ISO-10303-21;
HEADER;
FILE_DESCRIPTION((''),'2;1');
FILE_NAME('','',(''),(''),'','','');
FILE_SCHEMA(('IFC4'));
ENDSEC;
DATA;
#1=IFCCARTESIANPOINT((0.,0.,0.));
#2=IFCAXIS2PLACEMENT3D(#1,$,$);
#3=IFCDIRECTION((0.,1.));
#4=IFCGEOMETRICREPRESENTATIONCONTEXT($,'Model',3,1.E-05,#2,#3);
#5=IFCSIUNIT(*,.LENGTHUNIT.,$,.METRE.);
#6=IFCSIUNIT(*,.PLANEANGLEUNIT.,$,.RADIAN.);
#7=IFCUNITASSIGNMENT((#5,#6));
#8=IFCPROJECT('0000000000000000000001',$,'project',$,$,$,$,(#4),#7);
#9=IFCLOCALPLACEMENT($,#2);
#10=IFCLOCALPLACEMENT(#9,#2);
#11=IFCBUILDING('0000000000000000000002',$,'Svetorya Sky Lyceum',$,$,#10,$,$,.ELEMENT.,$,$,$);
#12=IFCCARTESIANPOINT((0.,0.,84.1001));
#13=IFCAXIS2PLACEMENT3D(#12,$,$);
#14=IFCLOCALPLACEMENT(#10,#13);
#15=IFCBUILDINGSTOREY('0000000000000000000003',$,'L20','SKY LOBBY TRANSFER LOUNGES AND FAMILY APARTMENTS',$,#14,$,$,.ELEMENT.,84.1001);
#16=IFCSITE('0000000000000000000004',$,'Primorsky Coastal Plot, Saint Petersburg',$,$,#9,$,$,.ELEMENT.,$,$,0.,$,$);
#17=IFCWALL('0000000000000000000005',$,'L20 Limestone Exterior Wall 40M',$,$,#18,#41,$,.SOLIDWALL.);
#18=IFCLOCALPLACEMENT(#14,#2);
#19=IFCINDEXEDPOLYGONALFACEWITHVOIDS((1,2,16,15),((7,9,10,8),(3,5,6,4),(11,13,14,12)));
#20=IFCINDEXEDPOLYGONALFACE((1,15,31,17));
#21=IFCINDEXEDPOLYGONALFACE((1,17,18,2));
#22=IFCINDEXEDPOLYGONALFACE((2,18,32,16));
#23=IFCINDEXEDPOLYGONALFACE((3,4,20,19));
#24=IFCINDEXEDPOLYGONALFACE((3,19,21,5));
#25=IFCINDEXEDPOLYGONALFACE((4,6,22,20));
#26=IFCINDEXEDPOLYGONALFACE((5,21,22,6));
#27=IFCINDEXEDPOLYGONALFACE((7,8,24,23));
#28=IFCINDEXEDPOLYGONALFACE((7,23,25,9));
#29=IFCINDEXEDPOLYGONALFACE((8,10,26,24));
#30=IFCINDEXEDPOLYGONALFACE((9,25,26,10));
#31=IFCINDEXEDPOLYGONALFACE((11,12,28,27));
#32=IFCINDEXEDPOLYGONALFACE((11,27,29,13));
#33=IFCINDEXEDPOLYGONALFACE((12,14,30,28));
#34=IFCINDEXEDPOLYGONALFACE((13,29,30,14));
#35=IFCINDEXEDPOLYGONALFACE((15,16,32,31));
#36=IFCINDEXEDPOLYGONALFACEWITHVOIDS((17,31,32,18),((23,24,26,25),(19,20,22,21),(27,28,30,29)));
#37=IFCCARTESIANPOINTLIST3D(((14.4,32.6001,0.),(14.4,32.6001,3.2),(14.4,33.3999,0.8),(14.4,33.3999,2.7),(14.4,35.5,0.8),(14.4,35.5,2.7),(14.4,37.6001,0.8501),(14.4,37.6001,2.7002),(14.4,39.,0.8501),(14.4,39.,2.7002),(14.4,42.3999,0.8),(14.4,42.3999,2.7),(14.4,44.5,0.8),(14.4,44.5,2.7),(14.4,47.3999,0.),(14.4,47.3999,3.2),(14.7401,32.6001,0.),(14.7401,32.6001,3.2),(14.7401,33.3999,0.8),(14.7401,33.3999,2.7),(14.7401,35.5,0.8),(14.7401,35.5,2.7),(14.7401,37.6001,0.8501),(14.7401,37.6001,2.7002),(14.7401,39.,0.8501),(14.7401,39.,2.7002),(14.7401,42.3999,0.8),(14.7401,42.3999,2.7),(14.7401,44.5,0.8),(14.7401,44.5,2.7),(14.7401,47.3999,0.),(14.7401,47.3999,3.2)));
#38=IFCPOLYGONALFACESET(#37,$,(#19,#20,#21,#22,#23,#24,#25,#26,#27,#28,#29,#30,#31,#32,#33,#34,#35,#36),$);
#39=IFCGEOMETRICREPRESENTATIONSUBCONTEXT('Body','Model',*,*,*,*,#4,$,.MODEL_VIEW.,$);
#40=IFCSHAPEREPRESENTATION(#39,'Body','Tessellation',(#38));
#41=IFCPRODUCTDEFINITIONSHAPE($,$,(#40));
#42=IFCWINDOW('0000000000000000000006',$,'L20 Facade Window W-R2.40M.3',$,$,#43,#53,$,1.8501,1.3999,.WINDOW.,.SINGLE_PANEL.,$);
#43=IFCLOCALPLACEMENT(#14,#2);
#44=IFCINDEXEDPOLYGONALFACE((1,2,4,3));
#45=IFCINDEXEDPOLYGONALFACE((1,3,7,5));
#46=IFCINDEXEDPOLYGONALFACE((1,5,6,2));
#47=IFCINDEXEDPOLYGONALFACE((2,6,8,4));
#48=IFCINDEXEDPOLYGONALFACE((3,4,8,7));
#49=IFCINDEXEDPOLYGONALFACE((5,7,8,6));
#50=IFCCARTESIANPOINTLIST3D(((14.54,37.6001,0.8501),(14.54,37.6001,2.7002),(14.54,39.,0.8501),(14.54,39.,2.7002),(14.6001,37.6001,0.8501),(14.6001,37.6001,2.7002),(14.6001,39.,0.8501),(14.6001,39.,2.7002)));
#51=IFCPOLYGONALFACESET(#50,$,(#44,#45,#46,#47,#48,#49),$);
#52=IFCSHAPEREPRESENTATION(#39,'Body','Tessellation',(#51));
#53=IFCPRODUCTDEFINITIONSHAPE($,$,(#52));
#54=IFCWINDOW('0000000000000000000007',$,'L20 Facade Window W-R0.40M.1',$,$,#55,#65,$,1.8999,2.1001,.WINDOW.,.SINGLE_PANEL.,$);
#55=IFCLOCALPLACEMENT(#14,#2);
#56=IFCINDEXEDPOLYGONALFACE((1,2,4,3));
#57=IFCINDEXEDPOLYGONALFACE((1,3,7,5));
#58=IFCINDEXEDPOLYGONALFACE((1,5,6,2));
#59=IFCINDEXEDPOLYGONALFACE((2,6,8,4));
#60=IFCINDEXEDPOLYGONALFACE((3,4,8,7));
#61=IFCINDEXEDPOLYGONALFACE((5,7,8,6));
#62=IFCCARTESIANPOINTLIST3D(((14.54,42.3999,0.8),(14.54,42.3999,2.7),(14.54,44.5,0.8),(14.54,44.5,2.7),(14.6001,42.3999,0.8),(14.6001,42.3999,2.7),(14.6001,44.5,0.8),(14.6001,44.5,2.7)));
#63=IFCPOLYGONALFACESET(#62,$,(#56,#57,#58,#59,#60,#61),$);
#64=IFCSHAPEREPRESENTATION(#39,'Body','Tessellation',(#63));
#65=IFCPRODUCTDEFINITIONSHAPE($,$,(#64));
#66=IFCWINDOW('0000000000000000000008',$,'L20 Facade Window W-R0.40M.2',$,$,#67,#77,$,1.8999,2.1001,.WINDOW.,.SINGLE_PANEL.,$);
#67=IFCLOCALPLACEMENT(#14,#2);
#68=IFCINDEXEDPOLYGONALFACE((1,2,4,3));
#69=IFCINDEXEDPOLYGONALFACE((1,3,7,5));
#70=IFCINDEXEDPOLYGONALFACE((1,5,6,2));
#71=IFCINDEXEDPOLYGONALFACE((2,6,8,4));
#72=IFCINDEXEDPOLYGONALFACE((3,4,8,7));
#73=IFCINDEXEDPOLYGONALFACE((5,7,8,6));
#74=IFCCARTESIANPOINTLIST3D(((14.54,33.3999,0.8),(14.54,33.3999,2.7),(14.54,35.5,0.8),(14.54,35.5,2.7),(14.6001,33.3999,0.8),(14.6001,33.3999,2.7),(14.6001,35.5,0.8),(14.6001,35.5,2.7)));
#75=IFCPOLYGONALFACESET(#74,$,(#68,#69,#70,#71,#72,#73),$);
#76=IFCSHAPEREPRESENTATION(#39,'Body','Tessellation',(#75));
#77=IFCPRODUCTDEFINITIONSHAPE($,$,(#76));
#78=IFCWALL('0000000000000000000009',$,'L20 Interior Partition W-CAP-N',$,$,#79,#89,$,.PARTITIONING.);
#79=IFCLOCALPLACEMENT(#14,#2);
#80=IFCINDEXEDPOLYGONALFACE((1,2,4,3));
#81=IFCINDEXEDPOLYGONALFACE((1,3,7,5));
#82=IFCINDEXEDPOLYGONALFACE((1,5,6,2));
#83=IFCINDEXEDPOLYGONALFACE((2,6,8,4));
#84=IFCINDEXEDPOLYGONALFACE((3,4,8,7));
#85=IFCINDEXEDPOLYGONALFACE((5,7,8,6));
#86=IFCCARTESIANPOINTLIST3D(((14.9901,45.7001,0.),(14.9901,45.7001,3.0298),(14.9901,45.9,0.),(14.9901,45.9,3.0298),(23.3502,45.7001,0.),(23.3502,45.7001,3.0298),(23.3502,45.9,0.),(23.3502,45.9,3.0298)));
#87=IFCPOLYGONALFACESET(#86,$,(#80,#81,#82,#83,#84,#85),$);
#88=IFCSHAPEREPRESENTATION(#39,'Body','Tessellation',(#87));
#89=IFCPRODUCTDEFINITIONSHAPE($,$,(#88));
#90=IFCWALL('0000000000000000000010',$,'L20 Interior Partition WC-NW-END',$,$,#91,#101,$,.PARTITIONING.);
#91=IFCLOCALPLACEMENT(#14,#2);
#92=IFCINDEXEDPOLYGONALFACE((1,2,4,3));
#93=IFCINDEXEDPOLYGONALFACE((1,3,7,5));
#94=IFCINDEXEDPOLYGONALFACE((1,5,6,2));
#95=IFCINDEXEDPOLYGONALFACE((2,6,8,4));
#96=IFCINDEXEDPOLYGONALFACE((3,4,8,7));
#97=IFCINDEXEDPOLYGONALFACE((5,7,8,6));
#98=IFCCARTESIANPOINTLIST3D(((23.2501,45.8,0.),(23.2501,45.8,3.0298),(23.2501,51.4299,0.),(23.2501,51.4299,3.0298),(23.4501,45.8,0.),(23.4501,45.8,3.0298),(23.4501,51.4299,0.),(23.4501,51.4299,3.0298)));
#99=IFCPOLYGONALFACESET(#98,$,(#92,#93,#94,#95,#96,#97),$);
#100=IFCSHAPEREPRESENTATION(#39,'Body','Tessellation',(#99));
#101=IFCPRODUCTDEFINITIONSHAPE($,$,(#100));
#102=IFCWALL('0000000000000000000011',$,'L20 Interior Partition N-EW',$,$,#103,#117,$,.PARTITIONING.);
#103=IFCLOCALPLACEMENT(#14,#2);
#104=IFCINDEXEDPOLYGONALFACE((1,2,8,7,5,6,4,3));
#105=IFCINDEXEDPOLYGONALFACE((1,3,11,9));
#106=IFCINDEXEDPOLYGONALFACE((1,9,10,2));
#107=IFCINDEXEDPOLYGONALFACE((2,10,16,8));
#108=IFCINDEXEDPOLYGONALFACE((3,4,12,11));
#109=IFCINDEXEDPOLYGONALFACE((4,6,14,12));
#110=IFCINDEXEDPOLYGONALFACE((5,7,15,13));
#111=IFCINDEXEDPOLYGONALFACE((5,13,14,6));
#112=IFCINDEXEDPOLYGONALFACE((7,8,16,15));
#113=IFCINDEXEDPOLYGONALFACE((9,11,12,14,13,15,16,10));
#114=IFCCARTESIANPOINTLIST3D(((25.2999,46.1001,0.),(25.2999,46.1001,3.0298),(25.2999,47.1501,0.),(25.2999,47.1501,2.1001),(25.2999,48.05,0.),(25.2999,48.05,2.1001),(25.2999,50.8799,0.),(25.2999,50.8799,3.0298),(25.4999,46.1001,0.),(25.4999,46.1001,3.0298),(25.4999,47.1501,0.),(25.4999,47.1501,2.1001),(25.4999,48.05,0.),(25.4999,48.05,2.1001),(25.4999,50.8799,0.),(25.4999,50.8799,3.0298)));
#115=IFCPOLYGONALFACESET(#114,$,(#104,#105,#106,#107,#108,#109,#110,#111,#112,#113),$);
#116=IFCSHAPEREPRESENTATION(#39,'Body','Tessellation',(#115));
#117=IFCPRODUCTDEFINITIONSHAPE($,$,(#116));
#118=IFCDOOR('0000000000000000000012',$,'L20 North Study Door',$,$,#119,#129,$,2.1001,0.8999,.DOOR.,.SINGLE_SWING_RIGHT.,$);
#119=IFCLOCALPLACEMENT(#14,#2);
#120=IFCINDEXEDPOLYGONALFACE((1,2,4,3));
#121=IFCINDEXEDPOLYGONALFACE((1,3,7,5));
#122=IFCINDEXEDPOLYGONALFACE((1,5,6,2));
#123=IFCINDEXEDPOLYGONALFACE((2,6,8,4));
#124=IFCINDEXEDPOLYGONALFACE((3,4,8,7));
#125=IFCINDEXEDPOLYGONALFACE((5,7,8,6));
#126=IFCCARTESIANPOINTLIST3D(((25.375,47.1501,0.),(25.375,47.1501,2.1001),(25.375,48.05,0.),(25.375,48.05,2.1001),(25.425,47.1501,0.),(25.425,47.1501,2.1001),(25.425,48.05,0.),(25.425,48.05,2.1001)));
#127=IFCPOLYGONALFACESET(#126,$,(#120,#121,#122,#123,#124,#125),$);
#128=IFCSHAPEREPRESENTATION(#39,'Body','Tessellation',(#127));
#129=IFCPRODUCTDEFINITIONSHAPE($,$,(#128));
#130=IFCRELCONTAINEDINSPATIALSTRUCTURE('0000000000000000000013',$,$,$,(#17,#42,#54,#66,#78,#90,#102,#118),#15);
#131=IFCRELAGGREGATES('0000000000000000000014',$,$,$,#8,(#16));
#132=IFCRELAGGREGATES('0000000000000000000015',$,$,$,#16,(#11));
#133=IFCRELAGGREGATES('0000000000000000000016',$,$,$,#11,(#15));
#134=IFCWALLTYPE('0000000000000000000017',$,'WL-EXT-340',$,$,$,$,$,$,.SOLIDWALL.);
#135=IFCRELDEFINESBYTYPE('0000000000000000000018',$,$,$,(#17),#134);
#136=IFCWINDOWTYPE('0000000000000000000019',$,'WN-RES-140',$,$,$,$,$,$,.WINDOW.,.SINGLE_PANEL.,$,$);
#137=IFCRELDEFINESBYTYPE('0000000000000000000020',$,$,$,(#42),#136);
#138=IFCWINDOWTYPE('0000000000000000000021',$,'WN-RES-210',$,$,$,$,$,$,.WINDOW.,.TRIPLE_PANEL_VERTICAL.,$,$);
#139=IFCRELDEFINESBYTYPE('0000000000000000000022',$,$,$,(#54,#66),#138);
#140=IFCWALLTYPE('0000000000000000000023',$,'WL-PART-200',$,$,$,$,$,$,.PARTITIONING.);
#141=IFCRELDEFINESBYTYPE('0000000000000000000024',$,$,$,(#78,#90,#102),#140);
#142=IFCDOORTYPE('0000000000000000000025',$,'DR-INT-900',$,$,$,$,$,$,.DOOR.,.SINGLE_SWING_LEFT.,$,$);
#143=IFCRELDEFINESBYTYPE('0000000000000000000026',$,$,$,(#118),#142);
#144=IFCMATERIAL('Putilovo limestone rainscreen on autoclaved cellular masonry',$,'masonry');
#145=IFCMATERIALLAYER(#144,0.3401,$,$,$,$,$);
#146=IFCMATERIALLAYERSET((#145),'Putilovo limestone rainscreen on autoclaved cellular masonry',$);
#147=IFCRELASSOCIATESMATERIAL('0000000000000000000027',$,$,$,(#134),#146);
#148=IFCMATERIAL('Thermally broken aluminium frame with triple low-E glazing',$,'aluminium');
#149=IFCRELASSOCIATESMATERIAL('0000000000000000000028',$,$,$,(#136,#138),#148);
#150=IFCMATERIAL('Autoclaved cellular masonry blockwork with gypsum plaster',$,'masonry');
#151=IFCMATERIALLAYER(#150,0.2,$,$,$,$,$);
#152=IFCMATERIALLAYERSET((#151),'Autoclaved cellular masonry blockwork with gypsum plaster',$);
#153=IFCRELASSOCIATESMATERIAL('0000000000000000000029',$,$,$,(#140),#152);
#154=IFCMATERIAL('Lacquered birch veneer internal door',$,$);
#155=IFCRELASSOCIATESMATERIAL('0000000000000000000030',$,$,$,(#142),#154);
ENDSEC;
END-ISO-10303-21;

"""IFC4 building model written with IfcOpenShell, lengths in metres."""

from ifc_helpers import new_model, si_unit, direction, frame, frame_2d, origin, place, context, subcontext, project, spatial, rectangle, extrude, material, layer, layer_set, type_object, element, fill, save


model = new_model("IFC4")

# Units and contexts
model_context = context("Model", 3, precision=1e-05, world=origin(), true_north=direction((0.0, 1.0)))
body_context = subcontext(model_context, "Body", "Model", "MODEL_VIEW")
ifc_project = project(units=[si_unit("LENGTHUNIT", "METRE"), si_unit("PLANEANGLEUNIT", "RADIAN")], contexts=[model_context])

# Site, building, storey
site_placement = place(None, origin())
site = spatial("IfcSite", under=ifc_project, at=site_placement, Name="Primorsky Coastal Plot, Saint Petersburg", CompositionType="ELEMENT", RefElevation=0.0)
building_placement = place(site_placement, origin())
building = spatial("IfcBuilding", under=site, at=building_placement, Name="Svetorya Sky Lyceum", CompositionType="ELEMENT")
storey_placement = place(building_placement, frame((0.0, 0.0, 84.1001)))
storey = spatial("IfcBuildingStorey", under=building, at=storey_placement, Name="L20", Description="SKY LOBBY TRANSFER LOUNGES AND FAMILY APARTMENTS", CompositionType="ELEMENT", Elevation=84.1001)

# Shared definitions
ifc_material_1 = material(Name="Putilovo limestone rainscreen on autoclaved cellular masonry", Category="masonry")
ifc_layer_1 = layer(ifc_material_1, 0.3401)
ifc_layer_set_1 = layer_set([ifc_layer_1], Name="Putilovo limestone rainscreen on autoclaved cellular masonry")
wall_type_1 = type_object("IfcWallType", Name="WL-EXT-340", PredefinedType="SOLIDWALL", material=ifc_layer_set_1)
ifc_material_2 = material(Name="Thermally broken aluminium frame with triple low-E glazing", Category="aluminium")

# Wall, openings, windows
wall_1_placement = place(storey_placement, frame((14.5701, 47.3999, 0.0), z_axis=(0.0, 0.0, 1.0), x_axis=(0.0, -1.0, 0.0)))
wall_1 = element("IfcWall", 1, at=wall_1_placement, inside=storey, type_object=wall_type_1, Name="L20 Limestone Exterior Wall 40M", PredefinedType="SOLIDWALL", context=body_context, shape_type="SweptSolid", body=[
    extrude(rectangle(XDim=14.7998, YDim=0.3401, at=frame_2d((7.3999, 0.0))), origin(), (0.0, 0.0, 1.0), 3.2),
])
opening_1_placement = place(wall_1_placement, frame((2.8999, 0.0, 0.8)))
opening_1 = element("IfcOpeningElement", 2, at=opening_1_placement, cuts=wall_1, PredefinedType="OPENING", context=body_context, shape_type="SweptSolid", body=[
    extrude(rectangle(XDim=2.1001, YDim=1.8999, at=frame_2d((1.05, 0.95))), frame((0.0, 0.1799, 0.0), z_axis=(0.0, -1.0, 0.0), x_axis=(1.0, 0.0, 0.0)), (0.0, 0.0, 1.0), 0.3601),
])
opening_2_placement = place(wall_1_placement, frame((8.3999, 0.0, 0.8501)))
opening_2 = element("IfcOpeningElement", 3, at=opening_2_placement, cuts=wall_1, PredefinedType="OPENING", context=body_context, shape_type="SweptSolid", body=[
    extrude(rectangle(XDim=1.3999, YDim=1.8501, at=frame_2d((0.7, 0.925))), frame((0.0, 0.1799, 0.0), z_axis=(0.0, -1.0, 0.0), x_axis=(1.0, 0.0, 0.0)), (0.0, 0.0, 1.0), 0.3601),
])
opening_3_placement = place(wall_1_placement, frame((11.8999, 0.0, 0.8)))
opening_3 = element("IfcOpeningElement", 4, at=opening_3_placement, cuts=wall_1, PredefinedType="OPENING", context=body_context, shape_type="SweptSolid", body=[
    extrude(rectangle(XDim=2.1001, YDim=1.8999, at=frame_2d((1.05, 0.95))), frame((0.0, 0.1799, 0.0), z_axis=(0.0, -1.0, 0.0), x_axis=(1.0, 0.0, 0.0)), (0.0, 0.0, 1.0), 0.3601),
])
window_type_1 = type_object("IfcWindowType", Name="WN-RES-140", PartitioningType="SINGLE_PANEL", PredefinedType="WINDOW", material=ifc_material_2)
window_1_placement = place(opening_2_placement, origin())
window_1 = element("IfcWindow", 5, at=window_1_placement, inside=storey, type_object=window_type_1, Name="L20 Facade Window W-R2.40M.3", OverallHeight=1.8501, OverallWidth=1.3999, PartitioningType="SINGLE_PANEL", PredefinedType="WINDOW", context=body_context, shape_type="SweptSolid", body=[
    extrude(rectangle(XDim=1.3999, YDim=1.8501, at=frame_2d((0.7, 0.925))), frame((0.0, 0.03, 0.0), z_axis=(0.0, -1.0, 0.0), x_axis=(1.0, 0.0, 0.0)), (0.0, 0.0, 1.0), 0.0601),
])
fill(opening_2, window_1)
window_type_2 = type_object("IfcWindowType", Name="WN-RES-210", PartitioningType="TRIPLE_PANEL_VERTICAL", PredefinedType="WINDOW", material=ifc_material_2)
window_2_placement = place(opening_1_placement, origin())
window_2 = element("IfcWindow", 6, at=window_2_placement, inside=storey, type_object=window_type_2, Name="L20 Facade Window W-R0.40M.1", OverallHeight=1.8999, OverallWidth=2.1001, PartitioningType="SINGLE_PANEL", PredefinedType="WINDOW", context=body_context, shape_type="SweptSolid", body=[
    extrude(rectangle(XDim=2.1001, YDim=1.8999, at=frame_2d((1.05, 0.95))), frame((0.0, 0.03, 0.0), z_axis=(0.0, -1.0, 0.0), x_axis=(1.0, 0.0, 0.0)), (0.0, 0.0, 1.0), 0.0601),
])
fill(opening_1, window_2)
window_3_placement = place(opening_3_placement, origin())
window_3 = element("IfcWindow", 7, at=window_3_placement, inside=storey, type_object=window_type_2, Name="L20 Facade Window W-R0.40M.2", OverallHeight=1.8999, OverallWidth=2.1001, PartitioningType="SINGLE_PANEL", PredefinedType="WINDOW", context=body_context, shape_type="SweptSolid", body=[
    extrude(rectangle(XDim=2.1001, YDim=1.8999, at=frame_2d((1.05, 0.95))), frame((0.0, 0.03, 0.0), z_axis=(0.0, -1.0, 0.0), x_axis=(1.0, 0.0, 0.0)), (0.0, 0.0, 1.0), 0.0601),
])
fill(opening_3, window_3)

# Walls
ifc_material_3 = material(Name="Autoclaved cellular masonry blockwork with gypsum plaster", Category="masonry")
ifc_layer_2 = layer(ifc_material_3, 0.2)
ifc_layer_set_2 = layer_set([ifc_layer_2], Name="Autoclaved cellular masonry blockwork with gypsum plaster")
wall_type_2 = type_object("IfcWallType", Name="WL-PART-200", PredefinedType="PARTITIONING", material=ifc_layer_set_2)
wall_2_placement = place(storey_placement, frame((14.99, 45.8, 0.0), z_axis=(0.0, 0.0, 1.0), x_axis=(1.0, 0.0, 0.0)))
element("IfcWall", 8, at=wall_2_placement, inside=storey, type_object=wall_type_2, Name="L20 Interior Partition W-CAP-N", PredefinedType="PARTITIONING", context=body_context, shape_type="SweptSolid", body=[
    extrude(rectangle(XDim=8.3601, YDim=0.2, at=frame_2d((4.1802, 0.0))), origin(), (0.0, 0.0, 1.0), 3.0298),
])
wall_3_placement = place(storey_placement, frame((23.3501, 45.8, 0.0), z_axis=(0.0, 0.0, 1.0), x_axis=(0.0, 1.0, 0.0)))
element("IfcWall", 9, at=wall_3_placement, inside=storey, type_object=wall_type_2, Name="L20 Interior Partition WC-NW-END", PredefinedType="PARTITIONING", context=body_context, shape_type="SweptSolid", body=[
    extrude(rectangle(XDim=5.6299, YDim=0.2, at=frame_2d((2.8149, 0.0))), origin(), (0.0, 0.0, 1.0), 3.0298),
])

# Wall, opening, door
wall_4_placement = place(storey_placement, frame((25.3999, 46.1001, 0.0), z_axis=(0.0, 0.0, 1.0), x_axis=(0.0, 1.0, 0.0)))
wall_4 = element("IfcWall", 10, at=wall_4_placement, inside=storey, type_object=wall_type_2, Name="L20 Interior Partition N-EW", PredefinedType="PARTITIONING", context=body_context, shape_type="SweptSolid", body=[
    extrude(rectangle(XDim=4.7798, YDim=0.2, at=frame_2d((2.3899, 0.0))), origin(), (0.0, 0.0, 1.0), 3.0298),
])
opening_4_placement = place(wall_4_placement, frame((1.05, 0.0, 0.0)))
opening_4 = element("IfcOpeningElement", 11, at=opening_4_placement, cuts=wall_4, PredefinedType="OPENING", context=body_context, shape_type="SweptSolid", body=[
    extrude(rectangle(XDim=0.8999, YDim=2.1001, at=frame_2d((0.45, 1.05))), frame((0.0, 0.1099, 0.0), z_axis=(0.0, -1.0, 0.0), x_axis=(1.0, 0.0, 0.0)), (0.0, 0.0, 1.0), 0.22),
])
ifc_material_4 = material(Name="Lacquered birch veneer internal door")
door_type = type_object("IfcDoorType", Name="DR-INT-900", OperationType="SINGLE_SWING_LEFT", PredefinedType="DOOR", material=ifc_material_4)
door_placement = place(opening_4_placement, origin())
door = element("IfcDoor", 12, at=door_placement, inside=storey, type_object=door_type, Name="L20 North Study Door", OperationType="SINGLE_SWING_RIGHT", OverallHeight=2.1001, OverallWidth=0.8999, PredefinedType="DOOR", context=body_context, shape_type="SweptSolid", body=[
    extrude(rectangle(XDim=0.8999, YDim=2.1001, at=frame_2d((0.45, 1.05))), frame((0.0, 0.0249, 0.0), z_axis=(0.0, -1.0, 0.0), x_axis=(1.0, 0.0, 0.0)), (0.0, 0.0, 1.0), 0.05),
])
fill(opening_4, door)

save(model, "model.ifc")
